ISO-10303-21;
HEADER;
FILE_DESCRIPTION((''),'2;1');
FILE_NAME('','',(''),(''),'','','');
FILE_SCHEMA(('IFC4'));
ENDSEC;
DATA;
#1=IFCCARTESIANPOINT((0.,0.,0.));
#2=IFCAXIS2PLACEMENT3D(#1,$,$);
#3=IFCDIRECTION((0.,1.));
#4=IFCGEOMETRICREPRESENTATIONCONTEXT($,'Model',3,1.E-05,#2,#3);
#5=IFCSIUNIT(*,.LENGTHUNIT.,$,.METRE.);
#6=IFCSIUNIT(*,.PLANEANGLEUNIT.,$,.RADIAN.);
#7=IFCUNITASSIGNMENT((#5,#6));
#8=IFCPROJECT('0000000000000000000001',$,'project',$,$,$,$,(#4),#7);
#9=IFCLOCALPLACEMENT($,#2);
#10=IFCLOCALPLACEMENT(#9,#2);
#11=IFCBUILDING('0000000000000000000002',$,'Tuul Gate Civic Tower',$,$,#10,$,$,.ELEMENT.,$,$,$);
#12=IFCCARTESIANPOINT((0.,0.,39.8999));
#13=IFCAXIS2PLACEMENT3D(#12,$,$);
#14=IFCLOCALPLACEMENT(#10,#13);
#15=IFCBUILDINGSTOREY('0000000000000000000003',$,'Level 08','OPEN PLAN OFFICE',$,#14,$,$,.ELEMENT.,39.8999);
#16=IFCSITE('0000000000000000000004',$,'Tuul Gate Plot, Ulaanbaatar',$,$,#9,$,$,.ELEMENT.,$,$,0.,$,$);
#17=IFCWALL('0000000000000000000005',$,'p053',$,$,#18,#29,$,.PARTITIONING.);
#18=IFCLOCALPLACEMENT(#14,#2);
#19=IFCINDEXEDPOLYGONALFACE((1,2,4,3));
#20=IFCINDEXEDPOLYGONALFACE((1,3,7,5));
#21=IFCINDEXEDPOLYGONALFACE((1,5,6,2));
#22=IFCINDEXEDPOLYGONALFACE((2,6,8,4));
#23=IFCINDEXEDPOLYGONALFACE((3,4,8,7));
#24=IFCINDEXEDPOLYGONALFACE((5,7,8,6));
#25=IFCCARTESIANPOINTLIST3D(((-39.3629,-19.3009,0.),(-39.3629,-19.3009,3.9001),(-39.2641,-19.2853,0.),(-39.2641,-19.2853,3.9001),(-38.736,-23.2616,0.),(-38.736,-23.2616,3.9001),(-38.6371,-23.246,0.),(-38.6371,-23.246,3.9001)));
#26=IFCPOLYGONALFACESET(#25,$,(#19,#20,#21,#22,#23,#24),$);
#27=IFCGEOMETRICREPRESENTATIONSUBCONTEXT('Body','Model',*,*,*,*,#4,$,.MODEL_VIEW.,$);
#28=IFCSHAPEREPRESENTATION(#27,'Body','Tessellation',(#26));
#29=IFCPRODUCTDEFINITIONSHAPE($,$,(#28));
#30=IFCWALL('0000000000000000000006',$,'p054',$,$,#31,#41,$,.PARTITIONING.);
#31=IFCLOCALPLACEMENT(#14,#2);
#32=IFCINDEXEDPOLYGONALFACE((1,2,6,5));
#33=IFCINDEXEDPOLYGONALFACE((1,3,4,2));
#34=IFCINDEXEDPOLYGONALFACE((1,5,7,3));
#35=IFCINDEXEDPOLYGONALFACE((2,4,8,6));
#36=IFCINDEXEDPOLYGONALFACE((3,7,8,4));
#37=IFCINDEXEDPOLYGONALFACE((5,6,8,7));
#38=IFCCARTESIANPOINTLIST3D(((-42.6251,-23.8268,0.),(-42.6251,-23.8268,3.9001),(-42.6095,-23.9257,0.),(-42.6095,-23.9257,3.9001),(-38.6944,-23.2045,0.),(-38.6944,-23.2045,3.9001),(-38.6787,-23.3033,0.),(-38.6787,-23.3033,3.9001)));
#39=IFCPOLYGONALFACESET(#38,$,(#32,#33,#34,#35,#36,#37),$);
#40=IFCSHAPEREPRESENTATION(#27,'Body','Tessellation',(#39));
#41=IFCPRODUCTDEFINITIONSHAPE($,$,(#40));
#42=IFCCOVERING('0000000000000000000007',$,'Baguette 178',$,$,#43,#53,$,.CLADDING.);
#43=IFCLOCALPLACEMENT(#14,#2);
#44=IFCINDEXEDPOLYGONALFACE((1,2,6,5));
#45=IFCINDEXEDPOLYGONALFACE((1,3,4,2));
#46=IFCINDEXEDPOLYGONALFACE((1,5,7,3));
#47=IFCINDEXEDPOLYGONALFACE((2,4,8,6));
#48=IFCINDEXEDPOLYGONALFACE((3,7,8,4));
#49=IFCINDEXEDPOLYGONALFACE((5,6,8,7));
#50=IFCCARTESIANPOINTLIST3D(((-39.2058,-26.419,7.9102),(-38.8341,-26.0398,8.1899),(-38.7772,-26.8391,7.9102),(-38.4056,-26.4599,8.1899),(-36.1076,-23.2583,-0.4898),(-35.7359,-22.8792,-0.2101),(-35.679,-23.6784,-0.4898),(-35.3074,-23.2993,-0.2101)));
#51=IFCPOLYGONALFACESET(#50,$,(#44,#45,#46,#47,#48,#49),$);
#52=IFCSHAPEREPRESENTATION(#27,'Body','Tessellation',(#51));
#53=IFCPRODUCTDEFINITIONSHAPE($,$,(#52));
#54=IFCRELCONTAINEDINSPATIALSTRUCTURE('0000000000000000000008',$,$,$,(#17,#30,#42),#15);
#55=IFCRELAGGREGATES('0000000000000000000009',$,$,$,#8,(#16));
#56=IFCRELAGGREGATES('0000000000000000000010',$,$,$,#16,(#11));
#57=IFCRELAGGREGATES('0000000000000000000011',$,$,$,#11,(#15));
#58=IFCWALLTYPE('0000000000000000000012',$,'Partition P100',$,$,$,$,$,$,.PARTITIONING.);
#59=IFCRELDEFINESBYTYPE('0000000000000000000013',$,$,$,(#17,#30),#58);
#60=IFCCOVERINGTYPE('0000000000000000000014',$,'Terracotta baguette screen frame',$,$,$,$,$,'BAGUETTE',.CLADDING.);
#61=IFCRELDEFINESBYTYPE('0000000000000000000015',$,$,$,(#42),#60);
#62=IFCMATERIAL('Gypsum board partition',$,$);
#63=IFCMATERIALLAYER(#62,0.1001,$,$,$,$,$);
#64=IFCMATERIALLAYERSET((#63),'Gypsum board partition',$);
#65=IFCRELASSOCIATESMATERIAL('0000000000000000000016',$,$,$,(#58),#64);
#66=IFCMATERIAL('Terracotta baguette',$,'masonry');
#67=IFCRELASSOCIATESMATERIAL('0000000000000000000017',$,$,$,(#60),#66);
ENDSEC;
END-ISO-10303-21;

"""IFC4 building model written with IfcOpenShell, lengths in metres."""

from ifc_helpers import new_model, si_unit, direction, frame, frame_2d, origin, origin_2d, place, context, subcontext, project, spatial, rectangle, extrude, material, layer, layer_set, material_profile, profile_set, type_object, element, save


model = new_model("IFC4")

# Units and contexts
model_context = context("Model", 3, precision=1e-05, world=origin(), true_north=direction((0.0, 1.0)))
body_context = subcontext(model_context, "Body", "Model", "MODEL_VIEW")
ifc_project = project(units=[si_unit("LENGTHUNIT", "METRE"), si_unit("PLANEANGLEUNIT", "RADIAN")], contexts=[model_context])

# Site, building, storey
site_placement = place(None, origin())
site = spatial("IfcSite", under=ifc_project, at=site_placement, Name="Tuul Gate Plot, Ulaanbaatar", CompositionType="ELEMENT", RefElevation=0.0)
building_placement = place(site_placement, origin())
building = spatial("IfcBuilding", under=site, at=building_placement, Name="Tuul Gate Civic Tower", CompositionType="ELEMENT")
storey_placement = place(building_placement, frame((0.0, 0.0, 39.8999)))
storey = spatial("IfcBuildingStorey", under=building, at=storey_placement, Name="Level 08", Description="OPEN PLAN OFFICE", CompositionType="ELEMENT", Elevation=39.8999)

# Walls
ifc_material_1 = material(Name="Gypsum board partition")
ifc_layer_1 = layer(ifc_material_1, 0.1001)
ifc_layer_set_1 = layer_set([ifc_layer_1], Name="Gypsum board partition")
wall_type_1 = type_object("IfcWallType", Name="Partition P100", PredefinedType="PARTITIONING", material=ifc_layer_set_1)
wall_1_placement = place(storey_placement, frame((-39.3135, -19.2932, 0.0), z_axis=(0.0, 0.0, 1.0), x_axis=(0.156347, -0.987702, 0.0)))
element("IfcWall", 1, at=wall_1_placement, inside=storey, type_object=wall_type_1, Name="p053", PredefinedType="PARTITIONING", context=body_context, shape_type="SweptSolid", body=[
    extrude(rectangle(XDim=4.01, YDim=0.1001, at=frame_2d((2.0049, 0.0))), origin(), (0.0, 0.0, 1.0), 3.9001),
])
wall_2_placement = place(storey_placement, frame((-42.6172, -23.8762, 0.0), z_axis=(0.0, 0.0, 1.0), x_axis=(0.987698, 0.156375, 0.0)))
element("IfcWall", 2, at=wall_2_placement, inside=storey, type_object=wall_type_1, Name="p054", PredefinedType="PARTITIONING", context=body_context, shape_type="SweptSolid", body=[
    extrude(rectangle(XDim=3.9797, YDim=0.1001, at=frame_2d((1.9897, 0.0))), origin(), (0.0, 0.0, 1.0), 3.9001),
])

# Covering
ifc_material_2 = material(Name="Terracotta baguette", Category="masonry")
ifc_material_profile_1 = material_profile(ifc_material_2, rectangle(XDim=0.6001, YDim=0.6001, at=origin_2d()), Name="Terracotta baguette screen frame")
ifc_profile_set_1 = profile_set([ifc_material_profile_1], Name="Terracotta baguette")
covering_type = type_object("IfcCoveringType", Name="Terracotta baguette screen frame", ElementType="BAGUETTE", PredefinedType="CLADDING", material=ifc_profile_set_1)
covering_placement = place(storey_placement, frame((-38.8057, -26.4395, 8.05), z_axis=(0.326308, 0.33289, -0.884708), x_axis=(-0.714132, 0.700011, 0.0)))
element("IfcCovering", 3, at=covering_placement, inside=storey, type_object=covering_type, Name="Baguette 178", PredefinedType="CLADDING", context=body_context, shape_type="SweptSolid", body=[
    extrude(rectangle(XDim=0.6001, YDim=0.6001, at=origin_2d()), origin(), (0.0, 0.0, 1.0), 9.4946),
])

save(model, "model.ifc")
